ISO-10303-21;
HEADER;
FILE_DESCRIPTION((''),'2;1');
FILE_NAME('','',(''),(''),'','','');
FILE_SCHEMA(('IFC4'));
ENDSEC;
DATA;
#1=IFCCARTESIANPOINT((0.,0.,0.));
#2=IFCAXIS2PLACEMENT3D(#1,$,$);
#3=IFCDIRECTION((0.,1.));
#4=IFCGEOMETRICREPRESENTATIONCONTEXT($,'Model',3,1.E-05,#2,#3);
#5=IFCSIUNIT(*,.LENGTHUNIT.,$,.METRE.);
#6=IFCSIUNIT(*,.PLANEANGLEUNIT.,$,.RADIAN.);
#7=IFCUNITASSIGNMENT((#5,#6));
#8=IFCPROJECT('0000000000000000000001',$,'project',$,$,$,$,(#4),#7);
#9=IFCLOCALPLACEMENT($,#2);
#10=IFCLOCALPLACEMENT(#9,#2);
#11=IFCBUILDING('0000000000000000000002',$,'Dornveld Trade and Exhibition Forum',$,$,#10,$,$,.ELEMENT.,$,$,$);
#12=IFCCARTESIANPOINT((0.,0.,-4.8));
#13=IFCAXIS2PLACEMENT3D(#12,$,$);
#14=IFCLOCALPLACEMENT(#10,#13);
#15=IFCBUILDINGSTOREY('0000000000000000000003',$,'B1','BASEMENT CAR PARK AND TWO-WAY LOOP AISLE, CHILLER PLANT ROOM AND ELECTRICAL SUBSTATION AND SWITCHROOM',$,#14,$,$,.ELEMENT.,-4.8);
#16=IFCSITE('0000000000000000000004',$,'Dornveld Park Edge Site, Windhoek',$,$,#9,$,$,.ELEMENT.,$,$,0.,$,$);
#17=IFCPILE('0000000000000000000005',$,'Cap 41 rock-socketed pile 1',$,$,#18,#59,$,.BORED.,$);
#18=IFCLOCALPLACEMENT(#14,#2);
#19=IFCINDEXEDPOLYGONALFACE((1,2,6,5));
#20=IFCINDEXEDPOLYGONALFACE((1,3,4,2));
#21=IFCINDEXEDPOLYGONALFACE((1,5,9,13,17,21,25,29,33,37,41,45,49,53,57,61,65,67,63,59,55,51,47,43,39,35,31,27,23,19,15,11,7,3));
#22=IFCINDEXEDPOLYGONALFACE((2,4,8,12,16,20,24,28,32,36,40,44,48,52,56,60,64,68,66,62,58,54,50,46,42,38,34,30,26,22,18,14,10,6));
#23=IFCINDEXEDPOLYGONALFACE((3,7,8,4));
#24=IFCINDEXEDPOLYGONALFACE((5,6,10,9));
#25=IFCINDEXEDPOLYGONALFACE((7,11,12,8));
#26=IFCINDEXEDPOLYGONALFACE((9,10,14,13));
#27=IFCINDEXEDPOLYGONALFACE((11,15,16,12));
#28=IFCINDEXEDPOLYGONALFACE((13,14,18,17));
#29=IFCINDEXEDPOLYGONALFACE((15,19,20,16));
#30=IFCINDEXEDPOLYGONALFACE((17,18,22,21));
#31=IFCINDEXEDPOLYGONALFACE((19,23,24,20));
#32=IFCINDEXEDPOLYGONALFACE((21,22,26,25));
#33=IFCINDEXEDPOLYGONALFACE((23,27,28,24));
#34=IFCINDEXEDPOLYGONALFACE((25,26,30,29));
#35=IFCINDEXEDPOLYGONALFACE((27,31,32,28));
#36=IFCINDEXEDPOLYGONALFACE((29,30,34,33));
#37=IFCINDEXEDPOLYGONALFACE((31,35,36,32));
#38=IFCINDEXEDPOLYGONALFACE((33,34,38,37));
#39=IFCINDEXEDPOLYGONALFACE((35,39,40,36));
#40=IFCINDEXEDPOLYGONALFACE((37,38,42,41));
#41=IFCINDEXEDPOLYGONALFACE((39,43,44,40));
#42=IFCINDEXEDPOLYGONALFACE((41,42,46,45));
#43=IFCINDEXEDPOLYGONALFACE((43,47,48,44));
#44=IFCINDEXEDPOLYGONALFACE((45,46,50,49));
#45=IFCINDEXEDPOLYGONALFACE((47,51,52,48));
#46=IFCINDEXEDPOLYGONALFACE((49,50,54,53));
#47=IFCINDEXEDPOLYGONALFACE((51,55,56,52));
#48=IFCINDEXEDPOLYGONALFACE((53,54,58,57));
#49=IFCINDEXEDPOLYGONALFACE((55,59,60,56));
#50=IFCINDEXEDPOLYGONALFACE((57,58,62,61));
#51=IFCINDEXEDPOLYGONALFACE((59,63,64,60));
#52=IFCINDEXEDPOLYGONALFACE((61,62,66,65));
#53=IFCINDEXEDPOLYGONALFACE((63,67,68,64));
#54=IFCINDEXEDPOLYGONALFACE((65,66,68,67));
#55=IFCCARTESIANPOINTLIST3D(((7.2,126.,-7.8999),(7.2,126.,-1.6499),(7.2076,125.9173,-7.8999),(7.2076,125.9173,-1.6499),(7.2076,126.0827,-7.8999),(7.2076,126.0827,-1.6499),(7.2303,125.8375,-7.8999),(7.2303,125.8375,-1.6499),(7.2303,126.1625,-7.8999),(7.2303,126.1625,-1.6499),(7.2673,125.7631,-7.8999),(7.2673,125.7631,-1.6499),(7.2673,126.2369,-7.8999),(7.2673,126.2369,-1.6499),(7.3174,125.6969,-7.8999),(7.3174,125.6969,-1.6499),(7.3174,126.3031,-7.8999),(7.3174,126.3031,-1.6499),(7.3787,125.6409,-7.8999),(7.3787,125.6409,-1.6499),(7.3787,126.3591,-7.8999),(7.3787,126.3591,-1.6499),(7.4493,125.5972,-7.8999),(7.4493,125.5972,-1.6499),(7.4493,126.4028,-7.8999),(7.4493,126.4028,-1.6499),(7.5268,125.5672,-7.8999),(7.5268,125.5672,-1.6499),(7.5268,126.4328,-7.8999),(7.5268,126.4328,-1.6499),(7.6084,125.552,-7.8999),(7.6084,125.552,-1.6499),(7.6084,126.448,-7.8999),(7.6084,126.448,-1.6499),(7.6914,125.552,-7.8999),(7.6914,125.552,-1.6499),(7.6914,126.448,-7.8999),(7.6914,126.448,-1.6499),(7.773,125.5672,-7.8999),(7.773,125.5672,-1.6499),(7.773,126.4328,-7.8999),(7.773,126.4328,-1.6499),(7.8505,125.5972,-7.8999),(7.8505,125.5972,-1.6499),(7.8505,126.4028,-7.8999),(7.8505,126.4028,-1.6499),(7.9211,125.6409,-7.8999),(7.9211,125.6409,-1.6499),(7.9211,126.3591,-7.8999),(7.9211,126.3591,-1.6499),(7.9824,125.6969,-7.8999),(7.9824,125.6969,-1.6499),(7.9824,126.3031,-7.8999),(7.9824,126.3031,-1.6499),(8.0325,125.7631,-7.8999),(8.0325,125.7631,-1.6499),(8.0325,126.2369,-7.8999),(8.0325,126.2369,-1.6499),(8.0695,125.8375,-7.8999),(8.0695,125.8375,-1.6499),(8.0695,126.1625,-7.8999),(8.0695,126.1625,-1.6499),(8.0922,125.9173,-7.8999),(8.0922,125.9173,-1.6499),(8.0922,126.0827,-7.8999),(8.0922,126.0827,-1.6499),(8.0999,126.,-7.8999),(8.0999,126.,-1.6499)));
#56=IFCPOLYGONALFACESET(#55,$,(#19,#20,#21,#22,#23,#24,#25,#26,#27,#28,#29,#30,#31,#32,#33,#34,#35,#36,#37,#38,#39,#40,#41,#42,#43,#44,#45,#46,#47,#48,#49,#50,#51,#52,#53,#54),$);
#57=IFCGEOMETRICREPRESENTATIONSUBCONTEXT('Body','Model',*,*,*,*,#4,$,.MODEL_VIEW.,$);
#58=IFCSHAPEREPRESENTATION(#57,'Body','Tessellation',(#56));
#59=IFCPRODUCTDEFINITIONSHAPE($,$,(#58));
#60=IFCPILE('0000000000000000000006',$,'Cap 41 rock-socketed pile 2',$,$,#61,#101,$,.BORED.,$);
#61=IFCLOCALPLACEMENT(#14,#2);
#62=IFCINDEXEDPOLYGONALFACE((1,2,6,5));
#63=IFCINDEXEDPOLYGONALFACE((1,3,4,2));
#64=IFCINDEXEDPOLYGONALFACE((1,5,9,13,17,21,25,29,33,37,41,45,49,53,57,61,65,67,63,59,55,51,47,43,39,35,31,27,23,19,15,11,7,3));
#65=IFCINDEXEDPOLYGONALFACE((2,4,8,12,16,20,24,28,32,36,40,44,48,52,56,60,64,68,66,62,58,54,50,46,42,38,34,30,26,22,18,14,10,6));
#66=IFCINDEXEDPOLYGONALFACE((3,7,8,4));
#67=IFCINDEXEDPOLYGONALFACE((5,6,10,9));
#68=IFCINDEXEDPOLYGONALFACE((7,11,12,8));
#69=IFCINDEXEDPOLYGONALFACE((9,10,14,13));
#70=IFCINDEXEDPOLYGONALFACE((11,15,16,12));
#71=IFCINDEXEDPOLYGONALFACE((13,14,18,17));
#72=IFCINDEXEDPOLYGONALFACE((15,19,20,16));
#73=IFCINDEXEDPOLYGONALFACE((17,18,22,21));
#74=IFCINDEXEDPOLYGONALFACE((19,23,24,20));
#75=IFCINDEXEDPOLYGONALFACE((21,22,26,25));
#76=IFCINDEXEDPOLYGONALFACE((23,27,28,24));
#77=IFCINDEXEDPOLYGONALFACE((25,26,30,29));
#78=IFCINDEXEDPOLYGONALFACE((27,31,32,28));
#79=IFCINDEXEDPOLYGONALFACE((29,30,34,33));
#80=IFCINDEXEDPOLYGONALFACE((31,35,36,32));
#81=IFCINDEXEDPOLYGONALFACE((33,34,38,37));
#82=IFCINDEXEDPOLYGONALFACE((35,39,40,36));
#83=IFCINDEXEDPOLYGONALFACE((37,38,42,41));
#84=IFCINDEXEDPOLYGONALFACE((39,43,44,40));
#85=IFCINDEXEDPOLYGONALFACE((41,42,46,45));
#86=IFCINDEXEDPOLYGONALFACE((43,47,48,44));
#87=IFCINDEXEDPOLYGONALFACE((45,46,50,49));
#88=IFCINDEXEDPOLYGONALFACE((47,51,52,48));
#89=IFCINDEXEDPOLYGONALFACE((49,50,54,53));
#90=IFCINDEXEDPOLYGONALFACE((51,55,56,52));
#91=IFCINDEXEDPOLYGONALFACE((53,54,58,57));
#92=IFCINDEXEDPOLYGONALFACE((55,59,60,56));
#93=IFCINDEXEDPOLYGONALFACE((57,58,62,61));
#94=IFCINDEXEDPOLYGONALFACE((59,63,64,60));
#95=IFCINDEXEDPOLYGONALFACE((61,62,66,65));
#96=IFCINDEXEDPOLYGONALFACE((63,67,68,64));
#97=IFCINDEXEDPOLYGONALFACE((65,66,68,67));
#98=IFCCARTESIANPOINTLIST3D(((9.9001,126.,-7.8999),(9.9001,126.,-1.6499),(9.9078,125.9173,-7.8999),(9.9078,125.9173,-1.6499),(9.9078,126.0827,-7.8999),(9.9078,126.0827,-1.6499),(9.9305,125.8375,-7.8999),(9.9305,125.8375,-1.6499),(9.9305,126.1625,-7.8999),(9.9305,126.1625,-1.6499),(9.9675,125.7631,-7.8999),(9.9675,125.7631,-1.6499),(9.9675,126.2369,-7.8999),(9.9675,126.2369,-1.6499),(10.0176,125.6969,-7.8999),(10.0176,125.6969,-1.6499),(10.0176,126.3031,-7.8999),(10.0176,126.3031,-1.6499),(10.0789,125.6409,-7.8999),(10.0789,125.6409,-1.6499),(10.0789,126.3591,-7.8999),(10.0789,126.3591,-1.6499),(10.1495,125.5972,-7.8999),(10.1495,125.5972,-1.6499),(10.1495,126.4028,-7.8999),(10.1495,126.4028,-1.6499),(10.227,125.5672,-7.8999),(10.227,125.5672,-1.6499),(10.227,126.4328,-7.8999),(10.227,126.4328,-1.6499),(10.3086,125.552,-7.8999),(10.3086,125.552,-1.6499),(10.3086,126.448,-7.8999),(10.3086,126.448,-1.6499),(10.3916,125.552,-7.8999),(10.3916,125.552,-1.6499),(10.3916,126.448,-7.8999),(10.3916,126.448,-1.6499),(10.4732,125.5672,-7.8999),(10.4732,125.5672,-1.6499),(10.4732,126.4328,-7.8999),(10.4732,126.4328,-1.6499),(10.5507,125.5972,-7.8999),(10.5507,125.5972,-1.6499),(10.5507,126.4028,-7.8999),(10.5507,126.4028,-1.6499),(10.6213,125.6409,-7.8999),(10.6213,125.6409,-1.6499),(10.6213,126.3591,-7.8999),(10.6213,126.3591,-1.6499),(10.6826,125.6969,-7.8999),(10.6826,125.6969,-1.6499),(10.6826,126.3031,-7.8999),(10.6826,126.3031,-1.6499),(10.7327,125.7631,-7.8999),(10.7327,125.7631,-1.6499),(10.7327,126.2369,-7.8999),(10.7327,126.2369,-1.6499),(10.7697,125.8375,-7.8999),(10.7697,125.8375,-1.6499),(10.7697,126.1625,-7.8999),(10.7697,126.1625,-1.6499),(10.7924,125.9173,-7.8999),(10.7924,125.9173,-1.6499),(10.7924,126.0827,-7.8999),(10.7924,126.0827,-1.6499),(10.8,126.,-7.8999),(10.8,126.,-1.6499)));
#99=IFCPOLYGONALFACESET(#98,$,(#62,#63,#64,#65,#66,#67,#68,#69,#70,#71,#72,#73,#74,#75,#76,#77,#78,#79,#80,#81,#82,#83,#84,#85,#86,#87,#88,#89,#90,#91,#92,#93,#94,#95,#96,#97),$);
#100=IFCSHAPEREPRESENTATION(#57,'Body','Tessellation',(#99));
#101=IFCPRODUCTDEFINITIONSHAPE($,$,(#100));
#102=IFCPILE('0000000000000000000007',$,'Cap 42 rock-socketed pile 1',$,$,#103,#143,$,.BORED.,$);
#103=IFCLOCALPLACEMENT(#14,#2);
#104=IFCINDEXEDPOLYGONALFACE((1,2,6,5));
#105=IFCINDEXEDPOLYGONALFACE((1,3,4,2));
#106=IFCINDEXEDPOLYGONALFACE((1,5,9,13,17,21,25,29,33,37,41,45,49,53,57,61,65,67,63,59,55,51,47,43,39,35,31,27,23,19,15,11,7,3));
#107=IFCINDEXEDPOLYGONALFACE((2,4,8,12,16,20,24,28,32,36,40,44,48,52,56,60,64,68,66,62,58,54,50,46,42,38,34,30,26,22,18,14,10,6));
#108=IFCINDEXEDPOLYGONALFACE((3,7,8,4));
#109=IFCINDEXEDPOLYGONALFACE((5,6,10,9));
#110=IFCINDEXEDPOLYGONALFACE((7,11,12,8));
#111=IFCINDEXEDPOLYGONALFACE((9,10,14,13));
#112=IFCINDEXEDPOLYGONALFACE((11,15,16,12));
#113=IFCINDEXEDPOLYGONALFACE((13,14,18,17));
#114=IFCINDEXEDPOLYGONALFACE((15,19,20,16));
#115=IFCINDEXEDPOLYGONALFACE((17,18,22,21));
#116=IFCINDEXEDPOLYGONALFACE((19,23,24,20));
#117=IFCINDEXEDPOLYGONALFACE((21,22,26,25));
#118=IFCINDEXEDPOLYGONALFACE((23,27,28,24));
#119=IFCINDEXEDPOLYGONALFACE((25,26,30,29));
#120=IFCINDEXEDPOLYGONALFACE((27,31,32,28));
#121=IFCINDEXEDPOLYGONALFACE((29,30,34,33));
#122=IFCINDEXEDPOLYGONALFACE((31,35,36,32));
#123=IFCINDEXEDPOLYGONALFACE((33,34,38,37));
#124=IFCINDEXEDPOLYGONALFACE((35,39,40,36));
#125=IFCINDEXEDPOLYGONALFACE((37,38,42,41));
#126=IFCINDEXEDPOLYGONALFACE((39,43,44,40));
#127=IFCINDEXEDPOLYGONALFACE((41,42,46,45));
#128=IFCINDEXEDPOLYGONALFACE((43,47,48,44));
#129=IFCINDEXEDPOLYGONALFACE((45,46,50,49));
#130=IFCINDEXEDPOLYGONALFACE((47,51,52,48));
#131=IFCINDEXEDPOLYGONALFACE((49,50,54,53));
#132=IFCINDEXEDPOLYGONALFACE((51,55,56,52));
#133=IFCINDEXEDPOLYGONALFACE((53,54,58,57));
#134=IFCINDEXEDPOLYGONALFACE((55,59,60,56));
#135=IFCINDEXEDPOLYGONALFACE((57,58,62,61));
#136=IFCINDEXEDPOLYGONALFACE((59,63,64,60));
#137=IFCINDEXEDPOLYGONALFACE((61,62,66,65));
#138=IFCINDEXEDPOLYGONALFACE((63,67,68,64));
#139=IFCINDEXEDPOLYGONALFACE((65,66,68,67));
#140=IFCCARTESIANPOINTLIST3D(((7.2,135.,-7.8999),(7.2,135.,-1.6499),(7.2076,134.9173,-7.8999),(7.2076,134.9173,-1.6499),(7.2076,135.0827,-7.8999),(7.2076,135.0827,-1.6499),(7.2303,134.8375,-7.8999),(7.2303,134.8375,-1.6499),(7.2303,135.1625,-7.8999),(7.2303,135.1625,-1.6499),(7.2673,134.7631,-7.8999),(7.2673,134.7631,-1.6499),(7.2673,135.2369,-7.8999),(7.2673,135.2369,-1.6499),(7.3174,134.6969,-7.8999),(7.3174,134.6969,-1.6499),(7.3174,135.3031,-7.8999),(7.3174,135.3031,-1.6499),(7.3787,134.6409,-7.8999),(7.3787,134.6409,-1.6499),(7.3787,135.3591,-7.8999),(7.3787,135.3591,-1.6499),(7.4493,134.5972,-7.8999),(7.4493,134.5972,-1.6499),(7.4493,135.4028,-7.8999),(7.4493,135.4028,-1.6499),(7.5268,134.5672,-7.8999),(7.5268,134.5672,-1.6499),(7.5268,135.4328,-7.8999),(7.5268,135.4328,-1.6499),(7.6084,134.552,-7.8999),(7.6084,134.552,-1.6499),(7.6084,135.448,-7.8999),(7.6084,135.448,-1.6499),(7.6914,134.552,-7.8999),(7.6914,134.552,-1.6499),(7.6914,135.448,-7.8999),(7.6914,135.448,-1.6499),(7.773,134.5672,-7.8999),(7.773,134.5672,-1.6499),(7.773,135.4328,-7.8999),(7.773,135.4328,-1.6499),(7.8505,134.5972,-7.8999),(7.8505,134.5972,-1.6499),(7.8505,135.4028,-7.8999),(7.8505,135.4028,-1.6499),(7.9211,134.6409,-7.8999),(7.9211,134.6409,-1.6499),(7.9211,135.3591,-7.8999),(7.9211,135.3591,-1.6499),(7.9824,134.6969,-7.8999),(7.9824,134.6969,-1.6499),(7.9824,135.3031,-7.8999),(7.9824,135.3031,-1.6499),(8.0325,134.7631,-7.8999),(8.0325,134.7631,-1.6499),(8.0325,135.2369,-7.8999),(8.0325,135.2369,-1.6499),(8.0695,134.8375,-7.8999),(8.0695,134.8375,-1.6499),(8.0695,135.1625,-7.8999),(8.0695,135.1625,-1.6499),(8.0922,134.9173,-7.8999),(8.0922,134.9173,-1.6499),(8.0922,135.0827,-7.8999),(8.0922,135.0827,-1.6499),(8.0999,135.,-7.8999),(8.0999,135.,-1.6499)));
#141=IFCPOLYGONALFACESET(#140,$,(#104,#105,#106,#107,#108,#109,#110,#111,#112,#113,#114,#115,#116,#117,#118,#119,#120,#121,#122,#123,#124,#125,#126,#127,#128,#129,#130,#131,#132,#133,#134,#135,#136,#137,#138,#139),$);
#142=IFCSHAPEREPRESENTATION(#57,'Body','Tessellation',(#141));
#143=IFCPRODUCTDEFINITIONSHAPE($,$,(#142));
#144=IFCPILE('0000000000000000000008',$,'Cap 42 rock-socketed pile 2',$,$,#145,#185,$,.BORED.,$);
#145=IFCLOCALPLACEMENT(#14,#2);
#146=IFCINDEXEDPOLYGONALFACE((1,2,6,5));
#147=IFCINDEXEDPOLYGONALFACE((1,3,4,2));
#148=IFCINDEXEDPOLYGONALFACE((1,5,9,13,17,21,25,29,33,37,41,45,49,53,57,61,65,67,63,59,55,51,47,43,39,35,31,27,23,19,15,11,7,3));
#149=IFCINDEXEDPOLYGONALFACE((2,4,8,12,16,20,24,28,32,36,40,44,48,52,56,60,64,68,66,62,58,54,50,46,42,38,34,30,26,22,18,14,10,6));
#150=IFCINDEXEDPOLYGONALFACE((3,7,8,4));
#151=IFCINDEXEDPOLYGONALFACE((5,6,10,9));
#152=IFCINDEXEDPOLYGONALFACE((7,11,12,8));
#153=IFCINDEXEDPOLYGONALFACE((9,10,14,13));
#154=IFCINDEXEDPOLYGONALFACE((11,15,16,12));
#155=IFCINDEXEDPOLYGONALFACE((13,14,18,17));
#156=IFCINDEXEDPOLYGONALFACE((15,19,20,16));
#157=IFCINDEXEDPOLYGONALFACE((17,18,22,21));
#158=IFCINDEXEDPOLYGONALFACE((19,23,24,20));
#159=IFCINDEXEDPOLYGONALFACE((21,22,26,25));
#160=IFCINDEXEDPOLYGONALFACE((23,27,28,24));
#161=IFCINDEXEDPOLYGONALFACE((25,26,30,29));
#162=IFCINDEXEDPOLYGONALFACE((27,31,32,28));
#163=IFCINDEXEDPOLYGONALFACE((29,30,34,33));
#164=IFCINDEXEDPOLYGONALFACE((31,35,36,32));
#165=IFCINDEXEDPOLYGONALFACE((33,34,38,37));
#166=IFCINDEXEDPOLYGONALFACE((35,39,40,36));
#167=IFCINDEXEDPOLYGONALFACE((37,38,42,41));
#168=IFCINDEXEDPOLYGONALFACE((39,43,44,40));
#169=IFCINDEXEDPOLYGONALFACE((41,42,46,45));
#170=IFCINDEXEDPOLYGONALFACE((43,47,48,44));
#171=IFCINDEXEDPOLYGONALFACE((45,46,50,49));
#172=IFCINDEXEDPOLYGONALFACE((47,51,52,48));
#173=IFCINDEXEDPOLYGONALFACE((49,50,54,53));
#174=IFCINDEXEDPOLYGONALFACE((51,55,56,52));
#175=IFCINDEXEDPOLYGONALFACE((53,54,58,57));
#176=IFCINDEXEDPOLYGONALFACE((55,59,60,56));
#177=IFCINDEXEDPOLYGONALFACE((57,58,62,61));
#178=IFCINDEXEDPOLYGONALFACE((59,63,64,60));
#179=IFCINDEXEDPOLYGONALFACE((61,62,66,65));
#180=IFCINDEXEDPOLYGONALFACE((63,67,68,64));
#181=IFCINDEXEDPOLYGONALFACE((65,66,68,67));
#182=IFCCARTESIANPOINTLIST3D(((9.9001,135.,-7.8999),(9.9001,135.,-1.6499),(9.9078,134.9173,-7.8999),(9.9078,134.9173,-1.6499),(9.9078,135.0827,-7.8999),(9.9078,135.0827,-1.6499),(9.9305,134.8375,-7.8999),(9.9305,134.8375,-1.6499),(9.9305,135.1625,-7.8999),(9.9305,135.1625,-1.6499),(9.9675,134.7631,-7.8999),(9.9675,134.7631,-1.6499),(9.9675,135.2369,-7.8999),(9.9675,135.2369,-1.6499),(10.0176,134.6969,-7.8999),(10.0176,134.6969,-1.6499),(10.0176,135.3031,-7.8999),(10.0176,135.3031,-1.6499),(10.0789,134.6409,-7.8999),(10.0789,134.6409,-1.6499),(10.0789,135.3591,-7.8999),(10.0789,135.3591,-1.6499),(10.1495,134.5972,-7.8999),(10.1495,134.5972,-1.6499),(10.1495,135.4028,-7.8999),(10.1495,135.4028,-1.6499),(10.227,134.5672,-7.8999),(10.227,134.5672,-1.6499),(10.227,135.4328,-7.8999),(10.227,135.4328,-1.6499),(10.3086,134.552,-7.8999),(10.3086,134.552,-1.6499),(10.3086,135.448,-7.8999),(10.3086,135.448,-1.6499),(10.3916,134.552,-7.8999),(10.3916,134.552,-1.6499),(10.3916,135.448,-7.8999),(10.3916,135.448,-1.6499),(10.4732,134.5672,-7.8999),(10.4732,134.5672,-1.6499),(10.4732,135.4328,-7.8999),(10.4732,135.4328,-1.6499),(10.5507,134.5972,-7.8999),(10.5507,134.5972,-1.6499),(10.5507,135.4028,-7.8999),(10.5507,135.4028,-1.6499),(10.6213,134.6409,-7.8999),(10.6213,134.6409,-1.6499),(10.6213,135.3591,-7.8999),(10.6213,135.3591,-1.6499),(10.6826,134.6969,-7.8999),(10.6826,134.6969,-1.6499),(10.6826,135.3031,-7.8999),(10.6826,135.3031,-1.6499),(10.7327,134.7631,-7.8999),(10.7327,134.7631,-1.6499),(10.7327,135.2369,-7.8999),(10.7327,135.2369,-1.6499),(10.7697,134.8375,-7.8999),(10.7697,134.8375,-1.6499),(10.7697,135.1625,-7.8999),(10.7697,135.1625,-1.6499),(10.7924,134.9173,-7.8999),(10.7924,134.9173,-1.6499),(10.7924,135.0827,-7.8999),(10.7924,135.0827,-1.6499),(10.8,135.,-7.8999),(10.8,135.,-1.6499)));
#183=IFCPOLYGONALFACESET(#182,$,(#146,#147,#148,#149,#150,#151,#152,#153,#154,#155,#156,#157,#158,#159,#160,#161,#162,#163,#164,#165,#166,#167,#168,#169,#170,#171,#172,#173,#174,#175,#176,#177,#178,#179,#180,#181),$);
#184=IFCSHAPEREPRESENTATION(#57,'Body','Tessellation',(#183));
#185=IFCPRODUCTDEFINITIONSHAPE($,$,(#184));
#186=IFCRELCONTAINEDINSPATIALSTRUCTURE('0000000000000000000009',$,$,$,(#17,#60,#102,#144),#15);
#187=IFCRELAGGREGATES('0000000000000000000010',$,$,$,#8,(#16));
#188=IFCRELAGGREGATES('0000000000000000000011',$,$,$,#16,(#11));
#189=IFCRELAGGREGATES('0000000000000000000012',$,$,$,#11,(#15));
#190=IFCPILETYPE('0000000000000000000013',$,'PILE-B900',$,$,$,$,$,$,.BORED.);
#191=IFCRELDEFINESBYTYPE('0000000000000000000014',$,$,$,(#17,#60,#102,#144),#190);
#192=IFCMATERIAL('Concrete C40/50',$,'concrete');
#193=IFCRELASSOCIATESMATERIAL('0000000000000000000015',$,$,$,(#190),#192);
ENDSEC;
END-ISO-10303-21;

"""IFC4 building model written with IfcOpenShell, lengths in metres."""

from ifc_helpers import new_model, si_unit, direction, frame, origin, origin_2d, place, context, subcontext, project, spatial, circle, extrude, material, material_profile, profile_set, type_object, element, save


model = new_model("IFC4")

# Units and contexts
model_context = context("Model", 3, precision=1e-05, world=origin(), true_north=direction((0.0, 1.0)))
body_context = subcontext(model_context, "Body", "Model", "MODEL_VIEW")
ifc_project = project(units=[si_unit("LENGTHUNIT", "METRE"), si_unit("PLANEANGLEUNIT", "RADIAN")], contexts=[model_context])

# Site, building, storey
site_placement = place(None, origin())
site = spatial("IfcSite", under=ifc_project, at=site_placement, Name="Dornveld Park Edge Site, Windhoek", CompositionType="ELEMENT", RefElevation=0.0)
building_placement = place(site_placement, origin())
building = spatial("IfcBuilding", under=site, at=building_placement, Name="Dornveld Trade and Exhibition Forum", CompositionType="ELEMENT")
storey_placement = place(building_placement, frame((0.0, 0.0, -4.8)))
storey = spatial("IfcBuildingStorey", under=building, at=storey_placement, Name="B1", Description="BASEMENT CAR PARK AND TWO-WAY LOOP AISLE, CHILLER PLANT ROOM AND ELECTRICAL SUBSTATION AND SWITCHROOM", CompositionType="ELEMENT", Elevation=-4.8)

# Piles
ifc_material_1 = material(Name="Concrete C40/50", Category="concrete")
ifc_material_profile_1 = material_profile(ifc_material_1, circle(Radius=0.45, at=origin_2d()), Name="PILE D900")
ifc_profile_set_1 = profile_set([ifc_material_profile_1], Name="Concrete C40/50")
pile_type = type_object("IfcPileType", Name="PILE-B900", PredefinedType="BORED", material=ifc_profile_set_1)
for number, where, z_axis, x_axis, name in (
    (1, (7.6499, 126.0, -1.6499), (0.0, 0.0, -1.0), (1.0, 0.0, 0.0), "Cap 41 rock-socketed pile 1"),
    (2, (10.3501, 126.0, -1.6499), (0.0, 0.0, -1.0), (1.0, 0.0, 0.0), "Cap 41 rock-socketed pile 2"),
    (3, (7.6499, 135.0, -1.6499), (0.0, 0.0, -1.0), (1.0, 0.0, 0.0), "Cap 42 rock-socketed pile 1"),
    (4, (10.3501, 135.0, -1.6499), (0.0, 0.0, -1.0), (1.0, 0.0, 0.0), "Cap 42 rock-socketed pile 2"),
):
    element("IfcPile", number, at=place(storey_placement, frame(where, z_axis=z_axis, x_axis=x_axis)), inside=storey, type_object=pile_type, Name=name, PredefinedType="BORED", context=body_context, shape_type="SweptSolid", body=[
        extrude(circle(Radius=0.45, at=origin_2d()), origin(), (0.0, 0.0, 1.0), 6.25),
    ])

save(model, "model.ifc")
